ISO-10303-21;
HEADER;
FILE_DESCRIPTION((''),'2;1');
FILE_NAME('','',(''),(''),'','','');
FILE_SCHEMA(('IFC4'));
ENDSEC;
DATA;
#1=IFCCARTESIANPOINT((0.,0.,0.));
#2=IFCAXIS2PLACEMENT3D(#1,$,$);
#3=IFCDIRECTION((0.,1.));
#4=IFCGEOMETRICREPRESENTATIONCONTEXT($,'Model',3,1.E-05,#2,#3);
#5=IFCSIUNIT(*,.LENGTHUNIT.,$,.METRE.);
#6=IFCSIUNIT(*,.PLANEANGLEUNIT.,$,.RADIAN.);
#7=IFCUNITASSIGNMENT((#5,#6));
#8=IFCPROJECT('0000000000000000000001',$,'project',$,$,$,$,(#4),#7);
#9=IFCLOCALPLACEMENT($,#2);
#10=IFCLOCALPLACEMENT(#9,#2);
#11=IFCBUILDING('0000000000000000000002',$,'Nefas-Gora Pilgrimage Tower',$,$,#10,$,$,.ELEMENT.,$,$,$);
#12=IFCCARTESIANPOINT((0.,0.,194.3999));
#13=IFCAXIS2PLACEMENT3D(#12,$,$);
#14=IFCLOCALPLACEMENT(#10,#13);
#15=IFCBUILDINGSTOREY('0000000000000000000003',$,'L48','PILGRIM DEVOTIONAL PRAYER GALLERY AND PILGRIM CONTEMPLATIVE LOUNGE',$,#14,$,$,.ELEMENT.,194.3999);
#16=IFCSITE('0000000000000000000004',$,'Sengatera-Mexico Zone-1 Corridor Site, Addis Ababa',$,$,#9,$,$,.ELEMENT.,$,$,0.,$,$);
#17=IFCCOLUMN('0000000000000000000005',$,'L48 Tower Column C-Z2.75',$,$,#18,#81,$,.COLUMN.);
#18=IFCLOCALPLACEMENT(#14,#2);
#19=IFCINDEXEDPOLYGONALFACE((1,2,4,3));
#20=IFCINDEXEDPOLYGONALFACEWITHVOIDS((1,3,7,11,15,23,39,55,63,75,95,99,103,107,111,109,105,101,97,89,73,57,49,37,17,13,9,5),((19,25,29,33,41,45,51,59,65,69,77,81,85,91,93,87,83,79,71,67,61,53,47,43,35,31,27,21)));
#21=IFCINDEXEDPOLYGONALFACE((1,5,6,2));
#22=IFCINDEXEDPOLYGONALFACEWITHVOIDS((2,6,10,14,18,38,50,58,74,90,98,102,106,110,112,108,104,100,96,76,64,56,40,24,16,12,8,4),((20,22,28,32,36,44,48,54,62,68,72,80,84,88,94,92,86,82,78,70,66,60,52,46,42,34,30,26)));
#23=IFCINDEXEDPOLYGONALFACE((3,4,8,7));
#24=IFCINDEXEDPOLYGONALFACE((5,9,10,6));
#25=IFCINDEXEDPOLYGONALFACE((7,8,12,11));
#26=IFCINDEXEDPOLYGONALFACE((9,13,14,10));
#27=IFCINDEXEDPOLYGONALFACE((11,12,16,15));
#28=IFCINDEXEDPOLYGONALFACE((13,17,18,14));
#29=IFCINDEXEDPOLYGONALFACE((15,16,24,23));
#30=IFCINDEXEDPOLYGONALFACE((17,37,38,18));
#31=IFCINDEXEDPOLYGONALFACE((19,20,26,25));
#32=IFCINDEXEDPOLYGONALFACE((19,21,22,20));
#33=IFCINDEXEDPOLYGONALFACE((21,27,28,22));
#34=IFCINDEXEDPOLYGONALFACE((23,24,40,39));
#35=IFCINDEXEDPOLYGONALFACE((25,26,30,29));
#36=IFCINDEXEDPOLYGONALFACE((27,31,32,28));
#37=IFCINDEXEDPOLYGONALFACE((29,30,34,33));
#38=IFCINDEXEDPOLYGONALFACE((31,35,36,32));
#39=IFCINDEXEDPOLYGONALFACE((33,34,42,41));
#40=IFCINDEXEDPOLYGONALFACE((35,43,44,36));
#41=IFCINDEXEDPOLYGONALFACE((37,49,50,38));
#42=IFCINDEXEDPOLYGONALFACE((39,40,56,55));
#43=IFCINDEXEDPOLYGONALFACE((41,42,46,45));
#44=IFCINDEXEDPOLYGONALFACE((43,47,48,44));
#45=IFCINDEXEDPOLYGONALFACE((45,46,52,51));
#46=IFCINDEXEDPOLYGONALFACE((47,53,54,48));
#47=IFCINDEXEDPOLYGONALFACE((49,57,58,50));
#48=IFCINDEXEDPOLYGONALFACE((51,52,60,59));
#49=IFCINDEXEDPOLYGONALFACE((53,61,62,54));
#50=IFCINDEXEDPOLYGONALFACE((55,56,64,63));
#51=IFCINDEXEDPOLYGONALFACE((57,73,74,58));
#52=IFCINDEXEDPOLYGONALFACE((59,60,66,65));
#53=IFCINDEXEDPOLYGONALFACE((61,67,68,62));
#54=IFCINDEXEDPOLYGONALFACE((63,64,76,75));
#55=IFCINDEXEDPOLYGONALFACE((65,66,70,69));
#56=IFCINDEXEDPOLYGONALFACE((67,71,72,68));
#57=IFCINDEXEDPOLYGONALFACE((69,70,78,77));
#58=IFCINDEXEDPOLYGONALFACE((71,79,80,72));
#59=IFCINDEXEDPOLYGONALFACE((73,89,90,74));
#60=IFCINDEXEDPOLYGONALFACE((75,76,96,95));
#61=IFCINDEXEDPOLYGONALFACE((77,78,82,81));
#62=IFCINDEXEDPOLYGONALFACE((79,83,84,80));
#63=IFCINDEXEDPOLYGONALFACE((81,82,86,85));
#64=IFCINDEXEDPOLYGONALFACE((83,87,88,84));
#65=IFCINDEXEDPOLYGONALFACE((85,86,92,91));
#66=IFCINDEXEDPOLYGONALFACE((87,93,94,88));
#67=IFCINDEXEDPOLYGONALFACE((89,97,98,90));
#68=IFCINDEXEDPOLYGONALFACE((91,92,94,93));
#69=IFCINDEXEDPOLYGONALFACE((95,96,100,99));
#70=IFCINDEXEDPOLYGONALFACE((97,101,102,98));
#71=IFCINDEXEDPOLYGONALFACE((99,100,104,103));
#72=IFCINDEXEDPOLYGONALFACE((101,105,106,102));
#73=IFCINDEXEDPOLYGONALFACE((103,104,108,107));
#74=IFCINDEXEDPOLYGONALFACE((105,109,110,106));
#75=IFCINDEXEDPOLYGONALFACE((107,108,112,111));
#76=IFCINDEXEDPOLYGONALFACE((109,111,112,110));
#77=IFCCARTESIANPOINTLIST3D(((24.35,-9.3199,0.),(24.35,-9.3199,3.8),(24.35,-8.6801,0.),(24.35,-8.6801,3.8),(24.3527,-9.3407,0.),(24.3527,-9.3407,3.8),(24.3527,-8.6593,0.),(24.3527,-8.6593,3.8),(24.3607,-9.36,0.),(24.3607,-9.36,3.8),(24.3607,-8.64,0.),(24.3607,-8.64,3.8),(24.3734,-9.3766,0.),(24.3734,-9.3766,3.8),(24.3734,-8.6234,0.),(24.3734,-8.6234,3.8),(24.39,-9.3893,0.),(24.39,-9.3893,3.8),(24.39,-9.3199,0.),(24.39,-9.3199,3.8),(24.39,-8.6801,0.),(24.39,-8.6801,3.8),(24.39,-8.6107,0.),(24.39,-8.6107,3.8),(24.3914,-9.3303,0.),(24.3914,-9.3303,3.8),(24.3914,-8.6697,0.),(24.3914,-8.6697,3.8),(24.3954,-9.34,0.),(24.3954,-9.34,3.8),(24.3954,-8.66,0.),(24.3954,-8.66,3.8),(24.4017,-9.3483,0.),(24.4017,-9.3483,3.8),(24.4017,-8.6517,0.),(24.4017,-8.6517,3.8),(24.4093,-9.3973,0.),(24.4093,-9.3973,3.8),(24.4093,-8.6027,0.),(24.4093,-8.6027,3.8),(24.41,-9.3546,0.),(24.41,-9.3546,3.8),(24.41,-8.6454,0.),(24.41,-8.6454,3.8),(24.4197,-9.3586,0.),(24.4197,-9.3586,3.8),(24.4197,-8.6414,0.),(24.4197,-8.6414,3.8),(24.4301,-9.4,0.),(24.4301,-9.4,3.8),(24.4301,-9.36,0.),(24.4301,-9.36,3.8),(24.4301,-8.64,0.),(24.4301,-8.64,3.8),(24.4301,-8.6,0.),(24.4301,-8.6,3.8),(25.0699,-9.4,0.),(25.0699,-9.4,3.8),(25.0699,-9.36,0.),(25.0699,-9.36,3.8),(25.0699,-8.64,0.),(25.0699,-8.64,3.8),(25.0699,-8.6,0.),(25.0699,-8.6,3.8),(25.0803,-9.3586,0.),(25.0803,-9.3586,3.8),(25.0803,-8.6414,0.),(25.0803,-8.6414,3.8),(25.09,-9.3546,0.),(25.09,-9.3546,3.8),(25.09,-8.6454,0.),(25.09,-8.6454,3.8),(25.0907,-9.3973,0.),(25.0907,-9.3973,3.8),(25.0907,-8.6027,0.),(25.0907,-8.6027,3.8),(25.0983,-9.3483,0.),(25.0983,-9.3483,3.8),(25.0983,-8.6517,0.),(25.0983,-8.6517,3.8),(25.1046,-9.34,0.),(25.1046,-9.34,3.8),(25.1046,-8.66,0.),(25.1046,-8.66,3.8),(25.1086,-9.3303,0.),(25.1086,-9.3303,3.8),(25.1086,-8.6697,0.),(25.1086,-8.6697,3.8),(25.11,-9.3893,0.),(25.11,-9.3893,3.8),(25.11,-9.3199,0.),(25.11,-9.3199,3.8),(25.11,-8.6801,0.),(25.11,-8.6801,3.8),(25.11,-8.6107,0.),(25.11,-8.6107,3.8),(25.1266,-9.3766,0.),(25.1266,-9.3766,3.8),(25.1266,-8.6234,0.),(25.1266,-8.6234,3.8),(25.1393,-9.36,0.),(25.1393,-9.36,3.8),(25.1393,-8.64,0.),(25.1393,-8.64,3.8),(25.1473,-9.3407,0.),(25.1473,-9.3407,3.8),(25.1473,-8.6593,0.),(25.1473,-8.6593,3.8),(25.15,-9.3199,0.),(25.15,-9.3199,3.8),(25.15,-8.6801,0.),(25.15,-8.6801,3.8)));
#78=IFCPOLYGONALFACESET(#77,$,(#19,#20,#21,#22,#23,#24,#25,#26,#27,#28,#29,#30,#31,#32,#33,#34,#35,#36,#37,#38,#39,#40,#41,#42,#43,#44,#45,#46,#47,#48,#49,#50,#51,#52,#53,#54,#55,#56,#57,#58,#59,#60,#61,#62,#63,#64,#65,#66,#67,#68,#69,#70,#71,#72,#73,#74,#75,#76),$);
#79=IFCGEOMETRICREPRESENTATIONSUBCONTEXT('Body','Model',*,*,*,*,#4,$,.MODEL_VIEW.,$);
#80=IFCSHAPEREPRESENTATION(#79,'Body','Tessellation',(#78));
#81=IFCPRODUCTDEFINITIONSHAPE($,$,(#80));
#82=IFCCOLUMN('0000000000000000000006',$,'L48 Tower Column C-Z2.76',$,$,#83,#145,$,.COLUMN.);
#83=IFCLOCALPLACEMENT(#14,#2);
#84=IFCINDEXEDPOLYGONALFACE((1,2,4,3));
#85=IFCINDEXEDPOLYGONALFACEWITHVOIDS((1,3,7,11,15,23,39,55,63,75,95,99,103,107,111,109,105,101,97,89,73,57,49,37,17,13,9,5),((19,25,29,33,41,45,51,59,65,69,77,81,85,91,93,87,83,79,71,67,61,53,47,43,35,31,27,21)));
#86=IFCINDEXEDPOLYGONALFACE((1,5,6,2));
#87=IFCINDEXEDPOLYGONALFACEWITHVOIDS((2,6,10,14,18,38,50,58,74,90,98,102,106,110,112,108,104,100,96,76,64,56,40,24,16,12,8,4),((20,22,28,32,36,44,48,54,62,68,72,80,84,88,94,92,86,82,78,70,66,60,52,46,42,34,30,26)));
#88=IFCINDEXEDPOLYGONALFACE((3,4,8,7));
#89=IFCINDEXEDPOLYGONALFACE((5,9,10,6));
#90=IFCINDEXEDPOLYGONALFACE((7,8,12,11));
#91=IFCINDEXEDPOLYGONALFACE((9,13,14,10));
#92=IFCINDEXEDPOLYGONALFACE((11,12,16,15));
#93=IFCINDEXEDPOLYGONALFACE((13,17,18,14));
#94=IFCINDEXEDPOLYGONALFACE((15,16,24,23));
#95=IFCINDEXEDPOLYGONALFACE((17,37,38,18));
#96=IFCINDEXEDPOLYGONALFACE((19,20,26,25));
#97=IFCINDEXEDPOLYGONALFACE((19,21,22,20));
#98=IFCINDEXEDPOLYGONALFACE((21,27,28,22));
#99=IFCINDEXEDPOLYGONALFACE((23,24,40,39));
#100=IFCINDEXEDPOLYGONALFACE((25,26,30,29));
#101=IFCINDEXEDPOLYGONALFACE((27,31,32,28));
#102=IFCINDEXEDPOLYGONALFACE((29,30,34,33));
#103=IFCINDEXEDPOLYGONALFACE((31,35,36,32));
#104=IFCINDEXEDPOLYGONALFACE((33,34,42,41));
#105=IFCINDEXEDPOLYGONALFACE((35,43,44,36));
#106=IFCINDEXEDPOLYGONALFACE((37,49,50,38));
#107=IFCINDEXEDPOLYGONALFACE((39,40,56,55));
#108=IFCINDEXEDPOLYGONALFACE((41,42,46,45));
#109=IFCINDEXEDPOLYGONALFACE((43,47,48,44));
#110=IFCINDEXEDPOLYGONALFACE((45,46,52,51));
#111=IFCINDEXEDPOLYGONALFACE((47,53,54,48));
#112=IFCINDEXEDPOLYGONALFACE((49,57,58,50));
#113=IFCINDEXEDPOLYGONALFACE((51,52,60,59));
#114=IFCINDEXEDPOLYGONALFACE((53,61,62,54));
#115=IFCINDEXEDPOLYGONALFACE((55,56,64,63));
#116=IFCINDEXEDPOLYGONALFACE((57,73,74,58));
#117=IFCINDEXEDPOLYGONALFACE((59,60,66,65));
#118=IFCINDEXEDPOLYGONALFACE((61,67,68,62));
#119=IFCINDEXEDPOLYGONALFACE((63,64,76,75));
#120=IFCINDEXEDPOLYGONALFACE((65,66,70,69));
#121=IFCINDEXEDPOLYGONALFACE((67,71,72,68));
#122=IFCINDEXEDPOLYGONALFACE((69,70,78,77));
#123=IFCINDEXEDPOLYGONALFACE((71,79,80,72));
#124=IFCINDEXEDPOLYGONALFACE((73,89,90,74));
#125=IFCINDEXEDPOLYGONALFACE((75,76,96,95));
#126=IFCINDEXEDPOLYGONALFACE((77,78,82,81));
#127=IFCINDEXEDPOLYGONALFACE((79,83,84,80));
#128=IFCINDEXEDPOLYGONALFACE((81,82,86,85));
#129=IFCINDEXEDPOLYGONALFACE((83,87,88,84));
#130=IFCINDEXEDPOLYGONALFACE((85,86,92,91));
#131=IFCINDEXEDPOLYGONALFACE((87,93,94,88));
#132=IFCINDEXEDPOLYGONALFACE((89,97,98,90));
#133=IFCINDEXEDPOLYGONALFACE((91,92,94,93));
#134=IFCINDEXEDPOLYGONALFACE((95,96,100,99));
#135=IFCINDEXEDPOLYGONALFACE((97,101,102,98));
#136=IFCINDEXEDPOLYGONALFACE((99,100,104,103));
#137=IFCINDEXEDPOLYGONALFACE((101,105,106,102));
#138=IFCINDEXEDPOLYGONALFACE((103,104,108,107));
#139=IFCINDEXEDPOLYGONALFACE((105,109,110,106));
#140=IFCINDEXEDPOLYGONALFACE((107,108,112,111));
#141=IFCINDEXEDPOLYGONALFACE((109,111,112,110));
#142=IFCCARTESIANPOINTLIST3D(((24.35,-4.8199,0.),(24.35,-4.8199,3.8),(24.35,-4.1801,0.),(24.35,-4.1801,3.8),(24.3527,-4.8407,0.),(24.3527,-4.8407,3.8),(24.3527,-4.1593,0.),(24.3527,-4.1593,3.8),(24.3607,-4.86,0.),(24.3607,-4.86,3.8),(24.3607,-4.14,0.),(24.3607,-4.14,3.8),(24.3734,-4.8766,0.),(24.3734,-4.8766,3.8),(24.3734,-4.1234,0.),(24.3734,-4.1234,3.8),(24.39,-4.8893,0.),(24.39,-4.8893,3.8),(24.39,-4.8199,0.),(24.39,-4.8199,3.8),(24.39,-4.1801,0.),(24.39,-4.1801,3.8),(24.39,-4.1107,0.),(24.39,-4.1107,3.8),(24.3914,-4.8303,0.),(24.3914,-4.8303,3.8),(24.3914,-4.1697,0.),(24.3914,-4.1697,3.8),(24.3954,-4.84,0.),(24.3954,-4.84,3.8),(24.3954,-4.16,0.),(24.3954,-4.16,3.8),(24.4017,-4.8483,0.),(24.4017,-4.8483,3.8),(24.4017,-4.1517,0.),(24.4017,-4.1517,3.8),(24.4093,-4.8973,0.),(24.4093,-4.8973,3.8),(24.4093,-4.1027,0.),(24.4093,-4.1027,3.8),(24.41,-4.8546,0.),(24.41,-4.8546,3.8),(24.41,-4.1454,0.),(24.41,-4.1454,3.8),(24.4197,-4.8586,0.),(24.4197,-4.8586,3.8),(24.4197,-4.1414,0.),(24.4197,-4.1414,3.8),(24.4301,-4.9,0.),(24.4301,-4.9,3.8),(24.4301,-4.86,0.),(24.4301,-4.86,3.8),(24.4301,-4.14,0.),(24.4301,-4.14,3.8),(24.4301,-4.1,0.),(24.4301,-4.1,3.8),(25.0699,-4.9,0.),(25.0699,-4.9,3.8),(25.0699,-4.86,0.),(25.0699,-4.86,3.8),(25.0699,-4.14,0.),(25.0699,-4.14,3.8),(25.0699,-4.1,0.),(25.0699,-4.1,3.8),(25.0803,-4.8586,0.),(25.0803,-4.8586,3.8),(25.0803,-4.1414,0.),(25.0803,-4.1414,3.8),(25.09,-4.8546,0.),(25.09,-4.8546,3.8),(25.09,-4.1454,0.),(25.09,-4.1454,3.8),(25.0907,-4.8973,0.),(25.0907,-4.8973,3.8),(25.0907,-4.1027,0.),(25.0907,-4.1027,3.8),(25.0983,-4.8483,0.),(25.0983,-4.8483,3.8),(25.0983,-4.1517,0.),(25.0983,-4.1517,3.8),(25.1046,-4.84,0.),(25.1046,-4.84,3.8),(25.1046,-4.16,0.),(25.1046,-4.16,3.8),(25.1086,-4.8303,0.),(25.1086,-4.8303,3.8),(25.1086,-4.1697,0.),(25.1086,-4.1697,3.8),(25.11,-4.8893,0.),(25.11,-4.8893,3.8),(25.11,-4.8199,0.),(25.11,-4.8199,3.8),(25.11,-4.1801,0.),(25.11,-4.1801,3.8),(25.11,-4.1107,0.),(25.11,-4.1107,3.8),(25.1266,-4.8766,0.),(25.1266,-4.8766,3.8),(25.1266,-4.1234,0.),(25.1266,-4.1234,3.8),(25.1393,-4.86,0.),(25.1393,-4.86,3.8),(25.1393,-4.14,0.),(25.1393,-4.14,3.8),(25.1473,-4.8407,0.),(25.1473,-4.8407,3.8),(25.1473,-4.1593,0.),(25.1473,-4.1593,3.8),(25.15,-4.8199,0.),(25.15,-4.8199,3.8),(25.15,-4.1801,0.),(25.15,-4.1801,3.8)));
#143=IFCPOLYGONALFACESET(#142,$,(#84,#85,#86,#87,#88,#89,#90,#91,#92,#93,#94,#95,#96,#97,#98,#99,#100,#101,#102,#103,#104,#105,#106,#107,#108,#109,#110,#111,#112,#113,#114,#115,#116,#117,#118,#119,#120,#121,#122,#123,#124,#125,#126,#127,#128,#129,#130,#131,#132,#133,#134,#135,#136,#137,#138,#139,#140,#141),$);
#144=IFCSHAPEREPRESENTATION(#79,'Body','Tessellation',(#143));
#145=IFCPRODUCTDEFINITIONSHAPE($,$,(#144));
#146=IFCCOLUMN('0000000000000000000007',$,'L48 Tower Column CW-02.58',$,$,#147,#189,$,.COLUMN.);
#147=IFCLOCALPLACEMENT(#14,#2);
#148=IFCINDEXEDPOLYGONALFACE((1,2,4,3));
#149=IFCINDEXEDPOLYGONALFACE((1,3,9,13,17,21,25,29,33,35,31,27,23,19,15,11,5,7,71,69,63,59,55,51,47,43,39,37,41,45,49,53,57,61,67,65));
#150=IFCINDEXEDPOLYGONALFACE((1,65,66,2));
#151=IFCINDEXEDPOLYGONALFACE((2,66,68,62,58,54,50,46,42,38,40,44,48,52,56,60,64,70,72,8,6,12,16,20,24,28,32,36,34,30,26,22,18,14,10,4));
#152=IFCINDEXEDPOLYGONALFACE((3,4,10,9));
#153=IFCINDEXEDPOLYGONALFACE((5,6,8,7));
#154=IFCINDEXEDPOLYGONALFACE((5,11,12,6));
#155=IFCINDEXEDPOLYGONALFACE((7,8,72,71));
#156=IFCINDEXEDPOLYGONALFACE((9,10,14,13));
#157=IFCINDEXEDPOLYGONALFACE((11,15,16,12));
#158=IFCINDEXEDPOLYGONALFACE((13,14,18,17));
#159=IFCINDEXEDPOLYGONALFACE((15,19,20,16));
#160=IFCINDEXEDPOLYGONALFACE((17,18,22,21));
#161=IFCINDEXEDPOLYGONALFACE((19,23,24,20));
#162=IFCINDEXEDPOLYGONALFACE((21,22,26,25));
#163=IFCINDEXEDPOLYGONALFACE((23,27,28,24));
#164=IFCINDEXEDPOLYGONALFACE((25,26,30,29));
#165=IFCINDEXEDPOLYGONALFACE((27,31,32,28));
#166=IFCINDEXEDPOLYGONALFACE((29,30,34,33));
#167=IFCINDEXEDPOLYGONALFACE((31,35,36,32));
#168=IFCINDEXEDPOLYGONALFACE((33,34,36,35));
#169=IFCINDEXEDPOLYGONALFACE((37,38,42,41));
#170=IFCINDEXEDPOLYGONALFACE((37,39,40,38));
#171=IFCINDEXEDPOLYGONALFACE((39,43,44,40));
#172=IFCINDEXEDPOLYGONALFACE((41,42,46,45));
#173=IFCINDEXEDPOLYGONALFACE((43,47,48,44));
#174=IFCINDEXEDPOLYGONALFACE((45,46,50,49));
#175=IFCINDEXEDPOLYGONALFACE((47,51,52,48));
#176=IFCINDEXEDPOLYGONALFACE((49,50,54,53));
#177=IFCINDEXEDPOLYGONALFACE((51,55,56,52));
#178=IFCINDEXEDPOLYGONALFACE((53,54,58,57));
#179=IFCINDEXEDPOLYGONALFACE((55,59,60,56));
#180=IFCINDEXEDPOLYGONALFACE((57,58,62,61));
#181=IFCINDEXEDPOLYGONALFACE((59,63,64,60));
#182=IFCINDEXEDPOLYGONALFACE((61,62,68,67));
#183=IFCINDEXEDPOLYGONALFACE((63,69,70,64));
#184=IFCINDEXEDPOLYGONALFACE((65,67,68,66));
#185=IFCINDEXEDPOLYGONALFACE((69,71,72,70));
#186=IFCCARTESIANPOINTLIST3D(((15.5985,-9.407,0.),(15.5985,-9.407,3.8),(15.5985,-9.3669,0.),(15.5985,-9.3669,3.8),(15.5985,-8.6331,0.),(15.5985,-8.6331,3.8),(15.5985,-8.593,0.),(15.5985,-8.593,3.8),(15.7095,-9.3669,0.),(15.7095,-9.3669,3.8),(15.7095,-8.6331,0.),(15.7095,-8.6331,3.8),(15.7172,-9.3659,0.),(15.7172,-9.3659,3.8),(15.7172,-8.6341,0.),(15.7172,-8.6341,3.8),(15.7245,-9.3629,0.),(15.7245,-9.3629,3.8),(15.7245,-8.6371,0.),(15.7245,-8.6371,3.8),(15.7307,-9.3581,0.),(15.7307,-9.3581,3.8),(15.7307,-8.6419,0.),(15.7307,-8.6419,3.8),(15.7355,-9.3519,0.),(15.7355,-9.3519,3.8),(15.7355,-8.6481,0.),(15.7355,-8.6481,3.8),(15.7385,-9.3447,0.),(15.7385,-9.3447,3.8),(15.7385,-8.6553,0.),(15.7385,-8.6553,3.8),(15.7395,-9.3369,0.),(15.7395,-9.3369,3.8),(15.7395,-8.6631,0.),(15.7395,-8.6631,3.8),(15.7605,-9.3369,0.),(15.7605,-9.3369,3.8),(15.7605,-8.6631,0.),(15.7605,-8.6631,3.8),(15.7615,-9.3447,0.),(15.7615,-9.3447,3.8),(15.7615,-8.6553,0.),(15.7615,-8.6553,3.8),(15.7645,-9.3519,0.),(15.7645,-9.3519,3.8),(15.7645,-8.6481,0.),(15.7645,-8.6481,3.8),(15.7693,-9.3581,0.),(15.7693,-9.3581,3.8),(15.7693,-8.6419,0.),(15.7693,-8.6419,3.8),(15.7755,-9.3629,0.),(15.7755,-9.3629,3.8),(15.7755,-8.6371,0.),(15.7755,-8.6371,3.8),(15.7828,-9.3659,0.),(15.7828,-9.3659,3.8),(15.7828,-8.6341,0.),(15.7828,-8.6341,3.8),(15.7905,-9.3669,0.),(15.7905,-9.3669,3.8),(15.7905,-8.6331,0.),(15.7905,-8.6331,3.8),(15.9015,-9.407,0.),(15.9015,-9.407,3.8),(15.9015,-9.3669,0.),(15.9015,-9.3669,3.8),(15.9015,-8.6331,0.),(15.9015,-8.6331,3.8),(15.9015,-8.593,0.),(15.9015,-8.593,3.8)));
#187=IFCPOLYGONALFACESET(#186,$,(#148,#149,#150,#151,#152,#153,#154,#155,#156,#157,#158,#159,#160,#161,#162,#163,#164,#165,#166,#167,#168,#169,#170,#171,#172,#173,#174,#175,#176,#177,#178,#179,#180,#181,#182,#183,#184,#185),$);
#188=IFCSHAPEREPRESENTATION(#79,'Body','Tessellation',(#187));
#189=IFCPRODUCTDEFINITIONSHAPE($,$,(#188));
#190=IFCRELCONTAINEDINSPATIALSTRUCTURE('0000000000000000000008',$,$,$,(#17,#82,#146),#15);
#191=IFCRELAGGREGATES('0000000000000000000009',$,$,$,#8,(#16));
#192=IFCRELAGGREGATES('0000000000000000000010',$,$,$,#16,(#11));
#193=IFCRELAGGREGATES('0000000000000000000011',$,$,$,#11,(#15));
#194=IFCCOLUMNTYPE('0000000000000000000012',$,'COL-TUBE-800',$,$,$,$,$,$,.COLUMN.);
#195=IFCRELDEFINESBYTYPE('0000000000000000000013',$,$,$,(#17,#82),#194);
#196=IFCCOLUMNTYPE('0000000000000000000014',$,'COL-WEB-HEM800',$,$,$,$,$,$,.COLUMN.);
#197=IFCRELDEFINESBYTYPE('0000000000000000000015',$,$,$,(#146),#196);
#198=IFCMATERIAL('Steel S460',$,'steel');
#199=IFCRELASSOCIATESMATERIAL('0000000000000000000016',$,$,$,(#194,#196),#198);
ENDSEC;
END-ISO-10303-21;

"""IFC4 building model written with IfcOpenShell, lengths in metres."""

from ifc_helpers import new_model, si_unit, direction, frame, origin, origin_2d, place, context, subcontext, project, spatial, hollow_rectangle, i_section, extrude, source, transform, mapped, material, material_profile, profile_set, type_object, element, save


model = new_model("IFC4")

# Units and contexts
model_context = context("Model", 3, precision=1e-05, world=origin(), true_north=direction((0.0, 1.0)))
body_context = subcontext(model_context, "Body", "Model", "MODEL_VIEW")
ifc_project = project(units=[si_unit("LENGTHUNIT", "METRE"), si_unit("PLANEANGLEUNIT", "RADIAN")], contexts=[model_context])

# Site, building, storey
site_placement = place(None, origin())
site = spatial("IfcSite", under=ifc_project, at=site_placement, Name="Sengatera-Mexico Zone-1 Corridor Site, Addis Ababa", CompositionType="ELEMENT", RefElevation=0.0)
building_placement = place(site_placement, origin())
building = spatial("IfcBuilding", under=site, at=building_placement, Name="Nefas-Gora Pilgrimage Tower", CompositionType="ELEMENT")
storey_placement = place(building_placement, frame((0.0, 0.0, 194.3999)))
storey = spatial("IfcBuildingStorey", under=building, at=storey_placement, Name="L48", Description="PILGRIM DEVOTIONAL PRAYER GALLERY AND PILGRIM CONTEMPLATIVE LOUNGE", CompositionType="ELEMENT", Elevation=194.3999)

# Columns
ifc_material_1 = material(Name="Steel S460", Category="steel")
ifc_material_profile_1 = material_profile(ifc_material_1, hollow_rectangle(XDim=0.8, YDim=0.8, WallThickness=0.04, InnerFilletRadius=0.04, OuterFilletRadius=0.0801, at=origin_2d()), Name="BOX 800x800x40")
ifc_profile_set_1 = profile_set([ifc_material_profile_1], Name="Steel S460")
column_type_1 = type_object("IfcColumnType", Name="COL-TUBE-800", PredefinedType="COLUMN", material=ifc_profile_set_1)
shared_shape_1 = source(origin(), body_context, "Body", "SweptSolid", [
    extrude(hollow_rectangle(XDim=0.8, YDim=0.8, WallThickness=0.04, InnerFilletRadius=0.04, OuterFilletRadius=0.0801, at=origin_2d()), origin(), (0.0, 0.0, 1.0), 3.8),
])
for number, where, z_axis, x_axis, name in (
    (1, (24.75, -9.0, 0.0), (0.0, 0.0, 1.0), (1.0, 0.0, 0.0), "L48 Tower Column C-Z2.75"),
    (2, (24.75, -4.5, 0.0), (0.0, 0.0, 1.0), (1.0, 0.0, 0.0), "L48 Tower Column C-Z2.76"),
):
    element("IfcColumn", number, at=place(storey_placement, frame(where, z_axis=z_axis, x_axis=x_axis)), inside=storey, type_object=column_type_1, Name=name, PredefinedType="COLUMN", context=body_context, shape_type="MappedRepresentation", body=[
        mapped(shared_shape_1, transform((0.0, 0.0, 0.0), x_axis=(1.0, 0.0, 0.0), y_axis=(0.0, 1.0, 0.0), z_axis=(0.0, 0.0, 1.0), scale=1.0)),
    ])
ifc_material_profile_2 = material_profile(ifc_material_1, i_section(OverallWidth=0.303, OverallDepth=0.814, WebThickness=0.021, FlangeThickness=0.04, FilletRadius=0.03, at=origin_2d()), Name="HEM 800")
ifc_profile_set_2 = profile_set([ifc_material_profile_2], Name="Steel S460")
column_type_2 = type_object("IfcColumnType", Name="COL-WEB-HEM800", PredefinedType="COLUMN", material=ifc_profile_set_2)
shared_shape_2 = source(origin(), body_context, "Body", "SweptSolid", [
    extrude(i_section(OverallWidth=0.303, OverallDepth=0.814, WebThickness=0.021, FlangeThickness=0.04, FilletRadius=0.03, at=origin_2d()), origin(), (0.0, 0.0, 1.0), 3.8),
])
for number, where, z_axis, x_axis, name in (
    (3, (15.75, -9.0, 0.0), (0.0, 0.0, 1.0), (1.0, 0.0, 0.0), "L48 Tower Column CW-02.58"),
):
    element("IfcColumn", number, at=place(storey_placement, frame(where, z_axis=z_axis, x_axis=x_axis)), inside=storey, type_object=column_type_2, Name=name, PredefinedType="COLUMN", context=body_context, shape_type="MappedRepresentation", body=[
        mapped(shared_shape_2, transform((0.0, 0.0, 0.0), x_axis=(1.0, 0.0, 0.0), y_axis=(0.0, 1.0, 0.0), z_axis=(0.0, 0.0, 1.0), scale=1.0)),
    ])

save(model, "model.ifc")
